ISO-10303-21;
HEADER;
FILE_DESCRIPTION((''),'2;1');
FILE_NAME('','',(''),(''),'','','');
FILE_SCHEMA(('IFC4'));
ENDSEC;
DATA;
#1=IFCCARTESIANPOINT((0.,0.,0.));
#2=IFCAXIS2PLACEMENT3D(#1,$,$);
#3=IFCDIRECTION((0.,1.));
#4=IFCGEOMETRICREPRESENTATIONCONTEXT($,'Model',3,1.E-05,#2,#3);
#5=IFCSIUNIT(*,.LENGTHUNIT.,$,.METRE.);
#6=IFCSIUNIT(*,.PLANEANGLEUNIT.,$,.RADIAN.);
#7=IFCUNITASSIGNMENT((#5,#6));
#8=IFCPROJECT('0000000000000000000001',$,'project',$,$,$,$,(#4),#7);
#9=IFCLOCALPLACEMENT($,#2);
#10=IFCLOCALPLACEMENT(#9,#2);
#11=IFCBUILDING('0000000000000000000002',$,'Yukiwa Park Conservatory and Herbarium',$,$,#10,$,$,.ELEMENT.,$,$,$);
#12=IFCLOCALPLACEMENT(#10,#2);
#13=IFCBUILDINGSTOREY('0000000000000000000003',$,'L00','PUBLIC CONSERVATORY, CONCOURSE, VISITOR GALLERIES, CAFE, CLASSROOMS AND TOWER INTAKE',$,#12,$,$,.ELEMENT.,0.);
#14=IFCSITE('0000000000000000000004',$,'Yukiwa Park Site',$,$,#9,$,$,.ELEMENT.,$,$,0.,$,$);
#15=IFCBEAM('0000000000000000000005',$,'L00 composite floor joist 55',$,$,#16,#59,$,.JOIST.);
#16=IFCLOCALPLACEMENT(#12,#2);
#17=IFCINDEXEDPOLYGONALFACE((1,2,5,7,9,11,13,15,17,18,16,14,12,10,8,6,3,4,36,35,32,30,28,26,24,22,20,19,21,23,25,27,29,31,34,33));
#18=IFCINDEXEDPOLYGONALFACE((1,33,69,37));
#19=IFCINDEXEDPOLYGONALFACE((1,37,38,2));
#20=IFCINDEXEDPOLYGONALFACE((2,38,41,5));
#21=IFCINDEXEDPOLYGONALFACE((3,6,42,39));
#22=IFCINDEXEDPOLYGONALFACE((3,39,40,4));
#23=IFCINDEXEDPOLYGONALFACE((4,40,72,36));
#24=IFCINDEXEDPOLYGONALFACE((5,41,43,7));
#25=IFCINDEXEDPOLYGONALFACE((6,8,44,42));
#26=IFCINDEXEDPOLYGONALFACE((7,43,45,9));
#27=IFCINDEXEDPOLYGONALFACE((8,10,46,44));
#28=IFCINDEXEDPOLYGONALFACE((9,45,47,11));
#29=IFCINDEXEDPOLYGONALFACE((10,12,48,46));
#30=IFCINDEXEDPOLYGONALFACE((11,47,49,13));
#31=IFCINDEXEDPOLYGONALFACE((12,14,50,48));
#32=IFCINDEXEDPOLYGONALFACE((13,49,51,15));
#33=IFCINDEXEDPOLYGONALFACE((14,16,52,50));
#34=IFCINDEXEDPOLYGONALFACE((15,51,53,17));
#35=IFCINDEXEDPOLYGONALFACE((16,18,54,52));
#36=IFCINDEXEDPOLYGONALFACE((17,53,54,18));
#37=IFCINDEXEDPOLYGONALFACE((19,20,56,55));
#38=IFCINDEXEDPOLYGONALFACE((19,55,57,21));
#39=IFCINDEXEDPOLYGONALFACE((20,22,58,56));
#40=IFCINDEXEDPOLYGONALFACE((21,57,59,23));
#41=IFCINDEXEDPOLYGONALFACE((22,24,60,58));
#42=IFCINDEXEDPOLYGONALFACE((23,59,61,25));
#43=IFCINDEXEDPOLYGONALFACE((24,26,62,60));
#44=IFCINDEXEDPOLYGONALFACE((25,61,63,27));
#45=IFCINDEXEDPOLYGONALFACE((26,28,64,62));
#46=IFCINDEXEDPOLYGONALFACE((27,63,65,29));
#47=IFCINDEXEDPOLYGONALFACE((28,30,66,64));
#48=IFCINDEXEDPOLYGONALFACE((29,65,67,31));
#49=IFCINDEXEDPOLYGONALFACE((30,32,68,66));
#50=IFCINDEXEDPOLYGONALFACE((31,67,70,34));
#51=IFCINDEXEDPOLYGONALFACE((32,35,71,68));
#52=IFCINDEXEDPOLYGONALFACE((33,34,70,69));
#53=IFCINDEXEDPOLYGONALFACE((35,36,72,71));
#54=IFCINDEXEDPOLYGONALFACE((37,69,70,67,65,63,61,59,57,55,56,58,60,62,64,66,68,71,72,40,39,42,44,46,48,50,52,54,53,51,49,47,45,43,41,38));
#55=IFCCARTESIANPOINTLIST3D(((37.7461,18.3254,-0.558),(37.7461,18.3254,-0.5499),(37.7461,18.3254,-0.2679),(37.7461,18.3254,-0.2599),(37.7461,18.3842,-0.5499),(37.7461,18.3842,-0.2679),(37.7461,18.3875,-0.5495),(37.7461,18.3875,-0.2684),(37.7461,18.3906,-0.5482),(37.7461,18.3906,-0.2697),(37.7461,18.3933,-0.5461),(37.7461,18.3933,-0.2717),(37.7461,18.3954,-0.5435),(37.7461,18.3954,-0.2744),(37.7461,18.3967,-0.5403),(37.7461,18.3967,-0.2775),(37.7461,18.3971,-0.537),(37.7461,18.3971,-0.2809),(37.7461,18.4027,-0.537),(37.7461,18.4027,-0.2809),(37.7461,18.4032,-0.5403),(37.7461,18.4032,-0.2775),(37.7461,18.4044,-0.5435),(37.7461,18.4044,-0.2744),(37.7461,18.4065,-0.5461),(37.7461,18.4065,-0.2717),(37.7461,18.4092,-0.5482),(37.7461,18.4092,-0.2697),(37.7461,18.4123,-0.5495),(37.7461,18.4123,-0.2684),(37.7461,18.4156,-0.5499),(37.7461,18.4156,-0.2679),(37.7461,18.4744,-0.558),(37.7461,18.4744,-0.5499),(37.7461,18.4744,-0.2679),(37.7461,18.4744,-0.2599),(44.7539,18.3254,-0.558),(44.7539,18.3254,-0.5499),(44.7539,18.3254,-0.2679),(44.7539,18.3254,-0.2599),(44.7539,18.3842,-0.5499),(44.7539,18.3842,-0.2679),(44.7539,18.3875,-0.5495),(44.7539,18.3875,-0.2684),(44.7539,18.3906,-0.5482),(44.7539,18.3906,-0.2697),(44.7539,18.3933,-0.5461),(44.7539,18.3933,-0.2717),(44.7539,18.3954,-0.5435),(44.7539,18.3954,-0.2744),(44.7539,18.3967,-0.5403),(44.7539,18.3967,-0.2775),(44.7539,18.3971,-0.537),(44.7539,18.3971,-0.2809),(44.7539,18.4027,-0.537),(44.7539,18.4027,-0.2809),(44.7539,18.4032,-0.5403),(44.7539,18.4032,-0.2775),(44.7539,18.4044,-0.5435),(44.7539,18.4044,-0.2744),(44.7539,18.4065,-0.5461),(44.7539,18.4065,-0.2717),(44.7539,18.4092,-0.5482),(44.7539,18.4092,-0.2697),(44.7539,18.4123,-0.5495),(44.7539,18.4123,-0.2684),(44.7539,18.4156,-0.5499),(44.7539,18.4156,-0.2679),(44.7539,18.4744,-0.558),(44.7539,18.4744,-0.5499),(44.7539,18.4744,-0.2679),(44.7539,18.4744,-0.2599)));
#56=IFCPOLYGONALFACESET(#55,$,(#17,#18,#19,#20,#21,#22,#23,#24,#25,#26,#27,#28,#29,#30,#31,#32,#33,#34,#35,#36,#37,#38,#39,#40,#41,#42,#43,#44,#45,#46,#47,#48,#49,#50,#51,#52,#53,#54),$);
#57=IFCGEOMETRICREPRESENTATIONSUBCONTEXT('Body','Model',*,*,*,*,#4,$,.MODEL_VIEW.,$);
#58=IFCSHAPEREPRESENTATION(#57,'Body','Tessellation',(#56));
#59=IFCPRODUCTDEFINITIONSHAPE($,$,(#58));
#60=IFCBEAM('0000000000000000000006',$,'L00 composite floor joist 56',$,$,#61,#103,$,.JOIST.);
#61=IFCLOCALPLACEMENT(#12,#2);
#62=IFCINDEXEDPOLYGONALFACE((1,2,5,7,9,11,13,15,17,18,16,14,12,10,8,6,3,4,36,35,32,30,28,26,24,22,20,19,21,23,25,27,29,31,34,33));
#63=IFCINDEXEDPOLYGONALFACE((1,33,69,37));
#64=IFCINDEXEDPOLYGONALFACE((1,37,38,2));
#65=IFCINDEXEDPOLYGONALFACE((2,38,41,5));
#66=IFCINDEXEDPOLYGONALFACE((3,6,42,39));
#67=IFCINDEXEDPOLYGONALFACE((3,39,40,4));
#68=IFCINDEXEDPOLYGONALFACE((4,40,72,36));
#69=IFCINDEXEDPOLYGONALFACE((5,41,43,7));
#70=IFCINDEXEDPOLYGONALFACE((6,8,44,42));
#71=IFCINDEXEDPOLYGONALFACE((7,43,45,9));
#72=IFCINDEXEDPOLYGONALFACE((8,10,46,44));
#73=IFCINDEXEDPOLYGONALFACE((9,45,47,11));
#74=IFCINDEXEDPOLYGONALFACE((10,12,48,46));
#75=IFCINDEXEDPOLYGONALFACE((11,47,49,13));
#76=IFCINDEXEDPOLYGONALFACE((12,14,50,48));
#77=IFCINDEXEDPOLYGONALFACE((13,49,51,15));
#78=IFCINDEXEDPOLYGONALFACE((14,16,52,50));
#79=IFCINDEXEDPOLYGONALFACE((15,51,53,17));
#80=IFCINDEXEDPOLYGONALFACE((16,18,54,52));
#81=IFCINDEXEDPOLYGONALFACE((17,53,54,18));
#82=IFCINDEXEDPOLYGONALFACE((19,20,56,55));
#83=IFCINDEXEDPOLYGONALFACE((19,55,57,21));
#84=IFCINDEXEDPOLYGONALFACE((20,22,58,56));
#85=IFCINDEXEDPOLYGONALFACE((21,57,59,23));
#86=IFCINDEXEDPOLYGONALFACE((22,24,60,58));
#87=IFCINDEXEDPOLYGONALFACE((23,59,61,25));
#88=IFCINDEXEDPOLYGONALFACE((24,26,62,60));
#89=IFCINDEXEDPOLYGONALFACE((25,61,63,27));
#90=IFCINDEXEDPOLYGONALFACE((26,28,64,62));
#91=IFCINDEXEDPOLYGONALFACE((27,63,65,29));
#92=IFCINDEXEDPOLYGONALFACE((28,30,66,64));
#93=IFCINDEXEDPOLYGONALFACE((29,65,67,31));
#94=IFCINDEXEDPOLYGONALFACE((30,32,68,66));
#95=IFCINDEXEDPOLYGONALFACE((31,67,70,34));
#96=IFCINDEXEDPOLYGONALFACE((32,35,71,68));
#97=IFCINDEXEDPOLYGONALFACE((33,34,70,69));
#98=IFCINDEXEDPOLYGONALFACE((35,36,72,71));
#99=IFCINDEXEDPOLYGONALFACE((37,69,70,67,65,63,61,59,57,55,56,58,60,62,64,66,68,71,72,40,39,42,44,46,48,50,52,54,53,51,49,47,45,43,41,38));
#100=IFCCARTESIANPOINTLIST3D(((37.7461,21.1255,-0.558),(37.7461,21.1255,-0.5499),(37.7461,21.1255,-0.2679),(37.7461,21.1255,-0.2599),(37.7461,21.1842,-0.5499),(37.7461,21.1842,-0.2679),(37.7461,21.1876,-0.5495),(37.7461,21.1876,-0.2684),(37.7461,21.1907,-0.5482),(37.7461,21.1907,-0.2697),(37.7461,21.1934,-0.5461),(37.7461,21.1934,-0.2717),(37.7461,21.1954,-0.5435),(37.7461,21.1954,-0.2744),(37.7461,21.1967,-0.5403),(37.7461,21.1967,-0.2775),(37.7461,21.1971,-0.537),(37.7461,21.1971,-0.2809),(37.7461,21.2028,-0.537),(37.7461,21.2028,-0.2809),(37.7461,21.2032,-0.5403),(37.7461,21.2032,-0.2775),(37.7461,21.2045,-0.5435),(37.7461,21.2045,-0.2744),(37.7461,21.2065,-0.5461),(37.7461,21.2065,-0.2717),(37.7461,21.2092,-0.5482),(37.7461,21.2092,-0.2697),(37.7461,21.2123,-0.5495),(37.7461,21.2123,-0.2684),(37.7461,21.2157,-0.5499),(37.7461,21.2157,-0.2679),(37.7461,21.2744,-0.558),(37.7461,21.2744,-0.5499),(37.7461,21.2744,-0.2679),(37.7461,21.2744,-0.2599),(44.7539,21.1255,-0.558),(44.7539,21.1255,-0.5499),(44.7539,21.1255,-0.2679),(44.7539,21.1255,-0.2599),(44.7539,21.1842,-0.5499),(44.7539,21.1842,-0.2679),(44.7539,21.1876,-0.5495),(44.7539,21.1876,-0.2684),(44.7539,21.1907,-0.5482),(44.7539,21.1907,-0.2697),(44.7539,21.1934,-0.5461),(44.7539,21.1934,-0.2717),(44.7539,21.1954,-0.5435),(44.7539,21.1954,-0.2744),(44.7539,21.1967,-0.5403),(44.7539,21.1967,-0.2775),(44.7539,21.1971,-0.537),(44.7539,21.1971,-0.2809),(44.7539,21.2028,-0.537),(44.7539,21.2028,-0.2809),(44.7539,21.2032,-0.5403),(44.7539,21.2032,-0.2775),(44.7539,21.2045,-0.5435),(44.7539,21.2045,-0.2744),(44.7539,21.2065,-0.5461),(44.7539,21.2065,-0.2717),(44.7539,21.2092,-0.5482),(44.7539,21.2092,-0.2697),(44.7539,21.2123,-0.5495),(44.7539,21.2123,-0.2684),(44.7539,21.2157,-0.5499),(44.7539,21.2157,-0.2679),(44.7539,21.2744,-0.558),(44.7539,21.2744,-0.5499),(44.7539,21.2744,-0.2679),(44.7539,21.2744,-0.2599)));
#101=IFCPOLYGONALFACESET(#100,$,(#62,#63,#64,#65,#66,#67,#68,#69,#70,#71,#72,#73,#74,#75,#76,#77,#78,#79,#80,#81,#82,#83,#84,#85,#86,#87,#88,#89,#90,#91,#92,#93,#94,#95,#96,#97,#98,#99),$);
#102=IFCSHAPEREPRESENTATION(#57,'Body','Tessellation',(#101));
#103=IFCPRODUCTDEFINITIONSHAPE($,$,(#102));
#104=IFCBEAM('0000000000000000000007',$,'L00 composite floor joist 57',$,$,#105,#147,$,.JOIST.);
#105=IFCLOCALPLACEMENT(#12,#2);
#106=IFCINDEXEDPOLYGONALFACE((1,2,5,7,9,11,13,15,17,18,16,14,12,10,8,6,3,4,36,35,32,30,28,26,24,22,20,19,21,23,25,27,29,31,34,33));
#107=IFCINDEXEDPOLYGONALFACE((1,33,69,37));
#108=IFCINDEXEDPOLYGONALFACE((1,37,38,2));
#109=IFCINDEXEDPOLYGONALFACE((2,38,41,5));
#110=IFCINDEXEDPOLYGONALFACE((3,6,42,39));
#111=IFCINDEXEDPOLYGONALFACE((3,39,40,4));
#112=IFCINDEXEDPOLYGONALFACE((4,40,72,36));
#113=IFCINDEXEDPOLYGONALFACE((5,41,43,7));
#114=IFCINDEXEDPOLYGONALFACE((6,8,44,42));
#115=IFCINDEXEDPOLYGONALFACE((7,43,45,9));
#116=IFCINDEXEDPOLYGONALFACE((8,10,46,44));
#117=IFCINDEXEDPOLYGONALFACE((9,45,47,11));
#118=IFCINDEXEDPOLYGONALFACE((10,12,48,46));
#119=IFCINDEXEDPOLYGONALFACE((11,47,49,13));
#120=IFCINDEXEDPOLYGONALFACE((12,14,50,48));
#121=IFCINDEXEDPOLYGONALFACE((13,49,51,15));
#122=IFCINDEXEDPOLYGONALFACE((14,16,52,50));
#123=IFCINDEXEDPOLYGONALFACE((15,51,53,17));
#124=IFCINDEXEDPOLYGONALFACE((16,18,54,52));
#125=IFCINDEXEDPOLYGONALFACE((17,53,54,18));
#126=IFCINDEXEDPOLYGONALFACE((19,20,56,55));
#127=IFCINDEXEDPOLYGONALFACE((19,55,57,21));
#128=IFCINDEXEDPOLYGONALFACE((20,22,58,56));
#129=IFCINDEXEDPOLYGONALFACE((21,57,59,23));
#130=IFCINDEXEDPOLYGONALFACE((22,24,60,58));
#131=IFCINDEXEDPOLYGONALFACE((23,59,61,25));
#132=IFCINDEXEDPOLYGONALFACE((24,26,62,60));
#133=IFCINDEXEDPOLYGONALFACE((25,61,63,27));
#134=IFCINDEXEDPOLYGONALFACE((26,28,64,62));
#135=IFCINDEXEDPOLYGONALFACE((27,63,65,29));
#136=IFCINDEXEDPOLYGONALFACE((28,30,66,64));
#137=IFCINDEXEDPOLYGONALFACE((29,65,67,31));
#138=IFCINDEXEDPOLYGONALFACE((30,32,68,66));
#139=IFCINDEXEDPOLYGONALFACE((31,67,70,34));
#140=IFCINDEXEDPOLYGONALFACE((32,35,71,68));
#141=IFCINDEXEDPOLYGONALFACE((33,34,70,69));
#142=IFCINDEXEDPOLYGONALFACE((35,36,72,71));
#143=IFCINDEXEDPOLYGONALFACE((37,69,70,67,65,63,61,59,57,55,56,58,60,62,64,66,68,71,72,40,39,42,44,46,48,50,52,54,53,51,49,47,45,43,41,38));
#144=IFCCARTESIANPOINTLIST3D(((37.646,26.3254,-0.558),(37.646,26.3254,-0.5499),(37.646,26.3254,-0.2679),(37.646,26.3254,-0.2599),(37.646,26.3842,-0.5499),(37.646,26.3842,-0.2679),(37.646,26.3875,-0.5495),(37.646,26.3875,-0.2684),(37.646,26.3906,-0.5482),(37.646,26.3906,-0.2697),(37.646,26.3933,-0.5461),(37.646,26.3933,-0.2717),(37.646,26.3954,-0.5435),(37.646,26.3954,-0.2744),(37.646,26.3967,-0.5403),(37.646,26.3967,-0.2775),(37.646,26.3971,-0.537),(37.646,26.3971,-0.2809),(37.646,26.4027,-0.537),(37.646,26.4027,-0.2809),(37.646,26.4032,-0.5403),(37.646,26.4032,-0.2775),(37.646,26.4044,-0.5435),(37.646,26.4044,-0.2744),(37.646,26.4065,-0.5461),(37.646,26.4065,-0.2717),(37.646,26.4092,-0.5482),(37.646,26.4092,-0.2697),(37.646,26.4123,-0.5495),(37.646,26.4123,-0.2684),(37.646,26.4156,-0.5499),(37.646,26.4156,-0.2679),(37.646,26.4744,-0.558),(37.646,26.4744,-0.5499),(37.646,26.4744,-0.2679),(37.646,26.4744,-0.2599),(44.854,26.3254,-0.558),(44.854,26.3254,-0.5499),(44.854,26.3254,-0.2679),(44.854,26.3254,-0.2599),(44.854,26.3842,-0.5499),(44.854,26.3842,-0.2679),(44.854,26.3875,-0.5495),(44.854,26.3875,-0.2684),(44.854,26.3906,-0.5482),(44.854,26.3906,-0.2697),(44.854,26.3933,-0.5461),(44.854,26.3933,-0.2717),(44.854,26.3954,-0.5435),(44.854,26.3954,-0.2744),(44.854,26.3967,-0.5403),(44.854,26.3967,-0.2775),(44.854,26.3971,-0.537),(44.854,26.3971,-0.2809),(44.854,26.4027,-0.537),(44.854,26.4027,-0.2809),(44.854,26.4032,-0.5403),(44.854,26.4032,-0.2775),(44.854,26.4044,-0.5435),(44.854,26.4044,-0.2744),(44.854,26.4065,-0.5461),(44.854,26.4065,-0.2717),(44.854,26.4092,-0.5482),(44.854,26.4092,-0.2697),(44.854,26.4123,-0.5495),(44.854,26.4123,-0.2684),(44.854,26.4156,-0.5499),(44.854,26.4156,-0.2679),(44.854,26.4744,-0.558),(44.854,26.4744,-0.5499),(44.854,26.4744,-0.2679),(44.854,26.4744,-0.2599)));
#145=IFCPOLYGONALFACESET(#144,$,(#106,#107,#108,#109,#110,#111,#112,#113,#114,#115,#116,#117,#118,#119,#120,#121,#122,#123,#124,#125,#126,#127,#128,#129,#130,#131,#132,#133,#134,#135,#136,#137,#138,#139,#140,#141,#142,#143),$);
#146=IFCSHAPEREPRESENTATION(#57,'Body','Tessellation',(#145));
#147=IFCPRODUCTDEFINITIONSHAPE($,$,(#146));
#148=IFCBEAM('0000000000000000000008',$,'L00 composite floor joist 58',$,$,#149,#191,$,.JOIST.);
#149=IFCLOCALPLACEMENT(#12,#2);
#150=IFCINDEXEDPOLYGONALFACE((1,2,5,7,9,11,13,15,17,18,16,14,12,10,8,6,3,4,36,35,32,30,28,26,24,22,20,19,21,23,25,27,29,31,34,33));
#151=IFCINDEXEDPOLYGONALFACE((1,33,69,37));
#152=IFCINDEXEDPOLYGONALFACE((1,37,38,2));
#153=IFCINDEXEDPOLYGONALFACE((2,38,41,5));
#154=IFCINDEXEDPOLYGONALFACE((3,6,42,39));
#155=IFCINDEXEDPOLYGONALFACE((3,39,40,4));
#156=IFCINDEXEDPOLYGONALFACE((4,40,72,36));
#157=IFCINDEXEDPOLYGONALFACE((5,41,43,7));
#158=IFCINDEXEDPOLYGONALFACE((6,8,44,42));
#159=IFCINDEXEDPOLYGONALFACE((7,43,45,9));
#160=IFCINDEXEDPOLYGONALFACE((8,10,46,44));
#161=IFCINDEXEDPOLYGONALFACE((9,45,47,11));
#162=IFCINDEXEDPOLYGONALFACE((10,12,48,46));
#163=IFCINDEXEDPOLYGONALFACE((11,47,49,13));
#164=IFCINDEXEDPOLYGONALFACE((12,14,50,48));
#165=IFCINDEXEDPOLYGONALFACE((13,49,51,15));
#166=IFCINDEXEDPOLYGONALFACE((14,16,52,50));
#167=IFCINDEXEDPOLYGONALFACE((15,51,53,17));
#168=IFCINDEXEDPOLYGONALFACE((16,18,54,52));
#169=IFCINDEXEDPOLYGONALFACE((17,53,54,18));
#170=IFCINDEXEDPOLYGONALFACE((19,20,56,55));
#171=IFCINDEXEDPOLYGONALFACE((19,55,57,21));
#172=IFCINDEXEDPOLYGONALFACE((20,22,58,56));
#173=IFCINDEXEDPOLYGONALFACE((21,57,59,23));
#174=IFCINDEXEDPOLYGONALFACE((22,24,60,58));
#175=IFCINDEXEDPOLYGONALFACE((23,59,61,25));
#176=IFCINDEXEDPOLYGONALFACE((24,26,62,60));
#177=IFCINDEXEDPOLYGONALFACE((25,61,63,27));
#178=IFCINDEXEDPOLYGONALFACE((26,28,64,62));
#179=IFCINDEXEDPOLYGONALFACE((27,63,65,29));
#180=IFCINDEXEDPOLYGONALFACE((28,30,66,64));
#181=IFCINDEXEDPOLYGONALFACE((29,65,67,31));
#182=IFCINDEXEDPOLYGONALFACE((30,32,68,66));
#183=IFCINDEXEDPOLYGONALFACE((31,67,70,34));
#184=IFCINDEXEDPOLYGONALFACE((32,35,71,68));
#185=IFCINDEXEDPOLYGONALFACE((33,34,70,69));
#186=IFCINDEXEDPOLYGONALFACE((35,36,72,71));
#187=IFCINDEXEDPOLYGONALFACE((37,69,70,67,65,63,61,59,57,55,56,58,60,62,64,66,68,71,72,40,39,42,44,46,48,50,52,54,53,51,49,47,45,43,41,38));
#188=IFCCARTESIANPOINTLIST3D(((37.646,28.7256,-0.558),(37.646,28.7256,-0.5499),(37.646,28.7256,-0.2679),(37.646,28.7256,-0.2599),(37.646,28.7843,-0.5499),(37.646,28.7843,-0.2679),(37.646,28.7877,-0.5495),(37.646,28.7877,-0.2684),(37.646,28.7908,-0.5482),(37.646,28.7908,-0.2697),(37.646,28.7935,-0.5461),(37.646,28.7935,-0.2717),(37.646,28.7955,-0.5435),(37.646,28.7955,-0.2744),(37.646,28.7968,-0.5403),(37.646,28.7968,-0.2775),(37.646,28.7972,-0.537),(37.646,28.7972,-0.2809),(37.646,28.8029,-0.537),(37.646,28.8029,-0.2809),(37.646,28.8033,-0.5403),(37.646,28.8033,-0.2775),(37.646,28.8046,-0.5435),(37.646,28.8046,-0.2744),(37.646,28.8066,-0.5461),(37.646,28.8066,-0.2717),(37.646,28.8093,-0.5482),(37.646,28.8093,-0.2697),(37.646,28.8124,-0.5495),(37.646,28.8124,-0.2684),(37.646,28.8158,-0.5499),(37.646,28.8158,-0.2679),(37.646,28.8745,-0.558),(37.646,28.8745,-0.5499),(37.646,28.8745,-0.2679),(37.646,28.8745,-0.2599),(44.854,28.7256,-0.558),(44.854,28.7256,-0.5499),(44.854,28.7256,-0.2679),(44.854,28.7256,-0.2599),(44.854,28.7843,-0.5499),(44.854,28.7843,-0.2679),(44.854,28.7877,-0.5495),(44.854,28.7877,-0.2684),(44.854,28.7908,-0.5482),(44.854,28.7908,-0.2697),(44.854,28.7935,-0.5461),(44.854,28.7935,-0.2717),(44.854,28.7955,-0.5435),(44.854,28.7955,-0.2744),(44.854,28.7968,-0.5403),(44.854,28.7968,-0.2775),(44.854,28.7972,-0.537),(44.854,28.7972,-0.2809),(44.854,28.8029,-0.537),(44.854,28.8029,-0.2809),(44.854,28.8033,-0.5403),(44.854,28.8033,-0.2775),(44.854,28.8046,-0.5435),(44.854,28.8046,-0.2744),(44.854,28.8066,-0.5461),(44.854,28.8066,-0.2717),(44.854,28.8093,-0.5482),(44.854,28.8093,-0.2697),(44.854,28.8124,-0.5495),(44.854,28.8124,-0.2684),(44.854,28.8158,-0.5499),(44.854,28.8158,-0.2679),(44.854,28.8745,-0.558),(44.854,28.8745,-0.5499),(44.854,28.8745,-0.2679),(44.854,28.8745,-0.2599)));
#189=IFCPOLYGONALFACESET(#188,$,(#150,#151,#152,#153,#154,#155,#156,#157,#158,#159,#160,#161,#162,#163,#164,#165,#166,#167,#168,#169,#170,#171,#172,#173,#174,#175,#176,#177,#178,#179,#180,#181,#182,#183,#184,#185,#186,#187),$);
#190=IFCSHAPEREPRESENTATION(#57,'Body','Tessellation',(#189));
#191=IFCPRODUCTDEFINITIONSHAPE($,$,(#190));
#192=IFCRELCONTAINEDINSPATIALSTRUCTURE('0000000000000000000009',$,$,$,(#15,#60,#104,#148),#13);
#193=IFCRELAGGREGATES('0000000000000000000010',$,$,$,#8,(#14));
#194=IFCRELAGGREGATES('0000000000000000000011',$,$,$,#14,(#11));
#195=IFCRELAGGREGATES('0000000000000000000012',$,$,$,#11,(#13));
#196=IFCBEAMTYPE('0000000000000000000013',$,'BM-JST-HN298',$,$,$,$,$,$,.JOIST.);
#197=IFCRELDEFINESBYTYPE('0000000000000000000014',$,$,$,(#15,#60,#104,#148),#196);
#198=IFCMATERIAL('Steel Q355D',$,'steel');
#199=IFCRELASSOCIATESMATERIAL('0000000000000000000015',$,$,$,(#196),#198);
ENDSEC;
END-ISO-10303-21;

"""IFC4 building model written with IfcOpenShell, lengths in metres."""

from ifc_helpers import new_model, si_unit, direction, frame, origin, origin_2d, place, context, subcontext, project, spatial, i_section, extrude, material, material_profile, profile_set, type_object, element, save


model = new_model("IFC4")

# Units and contexts
model_context = context("Model", 3, precision=1e-05, world=origin(), true_north=direction((0.0, 1.0)))
body_context = subcontext(model_context, "Body", "Model", "MODEL_VIEW")
ifc_project = project(units=[si_unit("LENGTHUNIT", "METRE"), si_unit("PLANEANGLEUNIT", "RADIAN")], contexts=[model_context])

# Site, building, storey
site_placement = place(None, origin())
site = spatial("IfcSite", under=ifc_project, at=site_placement, Name="Yukiwa Park Site", CompositionType="ELEMENT", RefElevation=0.0)
building_placement = place(site_placement, origin())
building = spatial("IfcBuilding", under=site, at=building_placement, Name="Yukiwa Park Conservatory and Herbarium", CompositionType="ELEMENT")
storey_placement = place(building_placement, origin())
storey = spatial("IfcBuildingStorey", under=building, at=storey_placement, Name="L00", Description="PUBLIC CONSERVATORY, CONCOURSE, VISITOR GALLERIES, CAFE, CLASSROOMS AND TOWER INTAKE", CompositionType="ELEMENT", Elevation=0.0)

# Beams
ifc_material_1 = material(Name="Steel Q355D", Category="steel")
ifc_material_profile_1 = material_profile(ifc_material_1, i_section(OverallWidth=0.1489, OverallDepth=0.2981, WebThickness=0.0056, FlangeThickness=0.0081, FilletRadius=0.0129, at=origin_2d()), Name="HN 298x149x5.5x8")
ifc_profile_set_1 = profile_set([ifc_material_profile_1], Name="Steel Q355D")
beam_type_1 = type_object("IfcBeamType", Name="BM-JST-HN298", PredefinedType="JOIST", material=ifc_profile_set_1)
for number, where, z_axis, x_axis, name in (
    (1, (37.7461, 18.3999, -0.4089), (1.0, 0.0, 0.0), (0.0, 1.0, 0.0), "L00 composite floor joist 55"),
    (2, (37.7461, 21.2, -0.4089), (1.0, 0.0, 0.0), (0.0, 1.0, 0.0), "L00 composite floor joist 56"),
):
    element("IfcBeam", number, at=place(storey_placement, frame(where, z_axis=z_axis, x_axis=x_axis)), inside=storey, type_object=beam_type_1, Name=name, PredefinedType="JOIST", context=body_context, shape_type="SweptSolid", body=[
        extrude(i_section(OverallWidth=0.1489, OverallDepth=0.2981, WebThickness=0.0056, FlangeThickness=0.0081, FilletRadius=0.0129, at=origin_2d()), origin(), (0.0, 0.0, 1.0), 7.0078),
    ])
for number, where, z_axis, x_axis, name in (
    (3, (37.646, 26.3999, -0.4089), (1.0, 0.0, 0.0), (0.0, 1.0, 0.0), "L00 composite floor joist 57"),
    (4, (37.646, 28.8, -0.4089), (1.0, 0.0, 0.0), (0.0, 1.0, 0.0), "L00 composite floor joist 58"),
):
    element("IfcBeam", number, at=place(storey_placement, frame(where, z_axis=z_axis, x_axis=x_axis)), inside=storey, type_object=beam_type_1, Name=name, PredefinedType="JOIST", context=body_context, shape_type="SweptSolid", body=[
        extrude(i_section(OverallWidth=0.1489, OverallDepth=0.2981, WebThickness=0.0056, FlangeThickness=0.0081, FilletRadius=0.0129, at=origin_2d()), origin(), (0.0, 0.0, 1.0), 7.208),
    ])

save(model, "model.ifc")
